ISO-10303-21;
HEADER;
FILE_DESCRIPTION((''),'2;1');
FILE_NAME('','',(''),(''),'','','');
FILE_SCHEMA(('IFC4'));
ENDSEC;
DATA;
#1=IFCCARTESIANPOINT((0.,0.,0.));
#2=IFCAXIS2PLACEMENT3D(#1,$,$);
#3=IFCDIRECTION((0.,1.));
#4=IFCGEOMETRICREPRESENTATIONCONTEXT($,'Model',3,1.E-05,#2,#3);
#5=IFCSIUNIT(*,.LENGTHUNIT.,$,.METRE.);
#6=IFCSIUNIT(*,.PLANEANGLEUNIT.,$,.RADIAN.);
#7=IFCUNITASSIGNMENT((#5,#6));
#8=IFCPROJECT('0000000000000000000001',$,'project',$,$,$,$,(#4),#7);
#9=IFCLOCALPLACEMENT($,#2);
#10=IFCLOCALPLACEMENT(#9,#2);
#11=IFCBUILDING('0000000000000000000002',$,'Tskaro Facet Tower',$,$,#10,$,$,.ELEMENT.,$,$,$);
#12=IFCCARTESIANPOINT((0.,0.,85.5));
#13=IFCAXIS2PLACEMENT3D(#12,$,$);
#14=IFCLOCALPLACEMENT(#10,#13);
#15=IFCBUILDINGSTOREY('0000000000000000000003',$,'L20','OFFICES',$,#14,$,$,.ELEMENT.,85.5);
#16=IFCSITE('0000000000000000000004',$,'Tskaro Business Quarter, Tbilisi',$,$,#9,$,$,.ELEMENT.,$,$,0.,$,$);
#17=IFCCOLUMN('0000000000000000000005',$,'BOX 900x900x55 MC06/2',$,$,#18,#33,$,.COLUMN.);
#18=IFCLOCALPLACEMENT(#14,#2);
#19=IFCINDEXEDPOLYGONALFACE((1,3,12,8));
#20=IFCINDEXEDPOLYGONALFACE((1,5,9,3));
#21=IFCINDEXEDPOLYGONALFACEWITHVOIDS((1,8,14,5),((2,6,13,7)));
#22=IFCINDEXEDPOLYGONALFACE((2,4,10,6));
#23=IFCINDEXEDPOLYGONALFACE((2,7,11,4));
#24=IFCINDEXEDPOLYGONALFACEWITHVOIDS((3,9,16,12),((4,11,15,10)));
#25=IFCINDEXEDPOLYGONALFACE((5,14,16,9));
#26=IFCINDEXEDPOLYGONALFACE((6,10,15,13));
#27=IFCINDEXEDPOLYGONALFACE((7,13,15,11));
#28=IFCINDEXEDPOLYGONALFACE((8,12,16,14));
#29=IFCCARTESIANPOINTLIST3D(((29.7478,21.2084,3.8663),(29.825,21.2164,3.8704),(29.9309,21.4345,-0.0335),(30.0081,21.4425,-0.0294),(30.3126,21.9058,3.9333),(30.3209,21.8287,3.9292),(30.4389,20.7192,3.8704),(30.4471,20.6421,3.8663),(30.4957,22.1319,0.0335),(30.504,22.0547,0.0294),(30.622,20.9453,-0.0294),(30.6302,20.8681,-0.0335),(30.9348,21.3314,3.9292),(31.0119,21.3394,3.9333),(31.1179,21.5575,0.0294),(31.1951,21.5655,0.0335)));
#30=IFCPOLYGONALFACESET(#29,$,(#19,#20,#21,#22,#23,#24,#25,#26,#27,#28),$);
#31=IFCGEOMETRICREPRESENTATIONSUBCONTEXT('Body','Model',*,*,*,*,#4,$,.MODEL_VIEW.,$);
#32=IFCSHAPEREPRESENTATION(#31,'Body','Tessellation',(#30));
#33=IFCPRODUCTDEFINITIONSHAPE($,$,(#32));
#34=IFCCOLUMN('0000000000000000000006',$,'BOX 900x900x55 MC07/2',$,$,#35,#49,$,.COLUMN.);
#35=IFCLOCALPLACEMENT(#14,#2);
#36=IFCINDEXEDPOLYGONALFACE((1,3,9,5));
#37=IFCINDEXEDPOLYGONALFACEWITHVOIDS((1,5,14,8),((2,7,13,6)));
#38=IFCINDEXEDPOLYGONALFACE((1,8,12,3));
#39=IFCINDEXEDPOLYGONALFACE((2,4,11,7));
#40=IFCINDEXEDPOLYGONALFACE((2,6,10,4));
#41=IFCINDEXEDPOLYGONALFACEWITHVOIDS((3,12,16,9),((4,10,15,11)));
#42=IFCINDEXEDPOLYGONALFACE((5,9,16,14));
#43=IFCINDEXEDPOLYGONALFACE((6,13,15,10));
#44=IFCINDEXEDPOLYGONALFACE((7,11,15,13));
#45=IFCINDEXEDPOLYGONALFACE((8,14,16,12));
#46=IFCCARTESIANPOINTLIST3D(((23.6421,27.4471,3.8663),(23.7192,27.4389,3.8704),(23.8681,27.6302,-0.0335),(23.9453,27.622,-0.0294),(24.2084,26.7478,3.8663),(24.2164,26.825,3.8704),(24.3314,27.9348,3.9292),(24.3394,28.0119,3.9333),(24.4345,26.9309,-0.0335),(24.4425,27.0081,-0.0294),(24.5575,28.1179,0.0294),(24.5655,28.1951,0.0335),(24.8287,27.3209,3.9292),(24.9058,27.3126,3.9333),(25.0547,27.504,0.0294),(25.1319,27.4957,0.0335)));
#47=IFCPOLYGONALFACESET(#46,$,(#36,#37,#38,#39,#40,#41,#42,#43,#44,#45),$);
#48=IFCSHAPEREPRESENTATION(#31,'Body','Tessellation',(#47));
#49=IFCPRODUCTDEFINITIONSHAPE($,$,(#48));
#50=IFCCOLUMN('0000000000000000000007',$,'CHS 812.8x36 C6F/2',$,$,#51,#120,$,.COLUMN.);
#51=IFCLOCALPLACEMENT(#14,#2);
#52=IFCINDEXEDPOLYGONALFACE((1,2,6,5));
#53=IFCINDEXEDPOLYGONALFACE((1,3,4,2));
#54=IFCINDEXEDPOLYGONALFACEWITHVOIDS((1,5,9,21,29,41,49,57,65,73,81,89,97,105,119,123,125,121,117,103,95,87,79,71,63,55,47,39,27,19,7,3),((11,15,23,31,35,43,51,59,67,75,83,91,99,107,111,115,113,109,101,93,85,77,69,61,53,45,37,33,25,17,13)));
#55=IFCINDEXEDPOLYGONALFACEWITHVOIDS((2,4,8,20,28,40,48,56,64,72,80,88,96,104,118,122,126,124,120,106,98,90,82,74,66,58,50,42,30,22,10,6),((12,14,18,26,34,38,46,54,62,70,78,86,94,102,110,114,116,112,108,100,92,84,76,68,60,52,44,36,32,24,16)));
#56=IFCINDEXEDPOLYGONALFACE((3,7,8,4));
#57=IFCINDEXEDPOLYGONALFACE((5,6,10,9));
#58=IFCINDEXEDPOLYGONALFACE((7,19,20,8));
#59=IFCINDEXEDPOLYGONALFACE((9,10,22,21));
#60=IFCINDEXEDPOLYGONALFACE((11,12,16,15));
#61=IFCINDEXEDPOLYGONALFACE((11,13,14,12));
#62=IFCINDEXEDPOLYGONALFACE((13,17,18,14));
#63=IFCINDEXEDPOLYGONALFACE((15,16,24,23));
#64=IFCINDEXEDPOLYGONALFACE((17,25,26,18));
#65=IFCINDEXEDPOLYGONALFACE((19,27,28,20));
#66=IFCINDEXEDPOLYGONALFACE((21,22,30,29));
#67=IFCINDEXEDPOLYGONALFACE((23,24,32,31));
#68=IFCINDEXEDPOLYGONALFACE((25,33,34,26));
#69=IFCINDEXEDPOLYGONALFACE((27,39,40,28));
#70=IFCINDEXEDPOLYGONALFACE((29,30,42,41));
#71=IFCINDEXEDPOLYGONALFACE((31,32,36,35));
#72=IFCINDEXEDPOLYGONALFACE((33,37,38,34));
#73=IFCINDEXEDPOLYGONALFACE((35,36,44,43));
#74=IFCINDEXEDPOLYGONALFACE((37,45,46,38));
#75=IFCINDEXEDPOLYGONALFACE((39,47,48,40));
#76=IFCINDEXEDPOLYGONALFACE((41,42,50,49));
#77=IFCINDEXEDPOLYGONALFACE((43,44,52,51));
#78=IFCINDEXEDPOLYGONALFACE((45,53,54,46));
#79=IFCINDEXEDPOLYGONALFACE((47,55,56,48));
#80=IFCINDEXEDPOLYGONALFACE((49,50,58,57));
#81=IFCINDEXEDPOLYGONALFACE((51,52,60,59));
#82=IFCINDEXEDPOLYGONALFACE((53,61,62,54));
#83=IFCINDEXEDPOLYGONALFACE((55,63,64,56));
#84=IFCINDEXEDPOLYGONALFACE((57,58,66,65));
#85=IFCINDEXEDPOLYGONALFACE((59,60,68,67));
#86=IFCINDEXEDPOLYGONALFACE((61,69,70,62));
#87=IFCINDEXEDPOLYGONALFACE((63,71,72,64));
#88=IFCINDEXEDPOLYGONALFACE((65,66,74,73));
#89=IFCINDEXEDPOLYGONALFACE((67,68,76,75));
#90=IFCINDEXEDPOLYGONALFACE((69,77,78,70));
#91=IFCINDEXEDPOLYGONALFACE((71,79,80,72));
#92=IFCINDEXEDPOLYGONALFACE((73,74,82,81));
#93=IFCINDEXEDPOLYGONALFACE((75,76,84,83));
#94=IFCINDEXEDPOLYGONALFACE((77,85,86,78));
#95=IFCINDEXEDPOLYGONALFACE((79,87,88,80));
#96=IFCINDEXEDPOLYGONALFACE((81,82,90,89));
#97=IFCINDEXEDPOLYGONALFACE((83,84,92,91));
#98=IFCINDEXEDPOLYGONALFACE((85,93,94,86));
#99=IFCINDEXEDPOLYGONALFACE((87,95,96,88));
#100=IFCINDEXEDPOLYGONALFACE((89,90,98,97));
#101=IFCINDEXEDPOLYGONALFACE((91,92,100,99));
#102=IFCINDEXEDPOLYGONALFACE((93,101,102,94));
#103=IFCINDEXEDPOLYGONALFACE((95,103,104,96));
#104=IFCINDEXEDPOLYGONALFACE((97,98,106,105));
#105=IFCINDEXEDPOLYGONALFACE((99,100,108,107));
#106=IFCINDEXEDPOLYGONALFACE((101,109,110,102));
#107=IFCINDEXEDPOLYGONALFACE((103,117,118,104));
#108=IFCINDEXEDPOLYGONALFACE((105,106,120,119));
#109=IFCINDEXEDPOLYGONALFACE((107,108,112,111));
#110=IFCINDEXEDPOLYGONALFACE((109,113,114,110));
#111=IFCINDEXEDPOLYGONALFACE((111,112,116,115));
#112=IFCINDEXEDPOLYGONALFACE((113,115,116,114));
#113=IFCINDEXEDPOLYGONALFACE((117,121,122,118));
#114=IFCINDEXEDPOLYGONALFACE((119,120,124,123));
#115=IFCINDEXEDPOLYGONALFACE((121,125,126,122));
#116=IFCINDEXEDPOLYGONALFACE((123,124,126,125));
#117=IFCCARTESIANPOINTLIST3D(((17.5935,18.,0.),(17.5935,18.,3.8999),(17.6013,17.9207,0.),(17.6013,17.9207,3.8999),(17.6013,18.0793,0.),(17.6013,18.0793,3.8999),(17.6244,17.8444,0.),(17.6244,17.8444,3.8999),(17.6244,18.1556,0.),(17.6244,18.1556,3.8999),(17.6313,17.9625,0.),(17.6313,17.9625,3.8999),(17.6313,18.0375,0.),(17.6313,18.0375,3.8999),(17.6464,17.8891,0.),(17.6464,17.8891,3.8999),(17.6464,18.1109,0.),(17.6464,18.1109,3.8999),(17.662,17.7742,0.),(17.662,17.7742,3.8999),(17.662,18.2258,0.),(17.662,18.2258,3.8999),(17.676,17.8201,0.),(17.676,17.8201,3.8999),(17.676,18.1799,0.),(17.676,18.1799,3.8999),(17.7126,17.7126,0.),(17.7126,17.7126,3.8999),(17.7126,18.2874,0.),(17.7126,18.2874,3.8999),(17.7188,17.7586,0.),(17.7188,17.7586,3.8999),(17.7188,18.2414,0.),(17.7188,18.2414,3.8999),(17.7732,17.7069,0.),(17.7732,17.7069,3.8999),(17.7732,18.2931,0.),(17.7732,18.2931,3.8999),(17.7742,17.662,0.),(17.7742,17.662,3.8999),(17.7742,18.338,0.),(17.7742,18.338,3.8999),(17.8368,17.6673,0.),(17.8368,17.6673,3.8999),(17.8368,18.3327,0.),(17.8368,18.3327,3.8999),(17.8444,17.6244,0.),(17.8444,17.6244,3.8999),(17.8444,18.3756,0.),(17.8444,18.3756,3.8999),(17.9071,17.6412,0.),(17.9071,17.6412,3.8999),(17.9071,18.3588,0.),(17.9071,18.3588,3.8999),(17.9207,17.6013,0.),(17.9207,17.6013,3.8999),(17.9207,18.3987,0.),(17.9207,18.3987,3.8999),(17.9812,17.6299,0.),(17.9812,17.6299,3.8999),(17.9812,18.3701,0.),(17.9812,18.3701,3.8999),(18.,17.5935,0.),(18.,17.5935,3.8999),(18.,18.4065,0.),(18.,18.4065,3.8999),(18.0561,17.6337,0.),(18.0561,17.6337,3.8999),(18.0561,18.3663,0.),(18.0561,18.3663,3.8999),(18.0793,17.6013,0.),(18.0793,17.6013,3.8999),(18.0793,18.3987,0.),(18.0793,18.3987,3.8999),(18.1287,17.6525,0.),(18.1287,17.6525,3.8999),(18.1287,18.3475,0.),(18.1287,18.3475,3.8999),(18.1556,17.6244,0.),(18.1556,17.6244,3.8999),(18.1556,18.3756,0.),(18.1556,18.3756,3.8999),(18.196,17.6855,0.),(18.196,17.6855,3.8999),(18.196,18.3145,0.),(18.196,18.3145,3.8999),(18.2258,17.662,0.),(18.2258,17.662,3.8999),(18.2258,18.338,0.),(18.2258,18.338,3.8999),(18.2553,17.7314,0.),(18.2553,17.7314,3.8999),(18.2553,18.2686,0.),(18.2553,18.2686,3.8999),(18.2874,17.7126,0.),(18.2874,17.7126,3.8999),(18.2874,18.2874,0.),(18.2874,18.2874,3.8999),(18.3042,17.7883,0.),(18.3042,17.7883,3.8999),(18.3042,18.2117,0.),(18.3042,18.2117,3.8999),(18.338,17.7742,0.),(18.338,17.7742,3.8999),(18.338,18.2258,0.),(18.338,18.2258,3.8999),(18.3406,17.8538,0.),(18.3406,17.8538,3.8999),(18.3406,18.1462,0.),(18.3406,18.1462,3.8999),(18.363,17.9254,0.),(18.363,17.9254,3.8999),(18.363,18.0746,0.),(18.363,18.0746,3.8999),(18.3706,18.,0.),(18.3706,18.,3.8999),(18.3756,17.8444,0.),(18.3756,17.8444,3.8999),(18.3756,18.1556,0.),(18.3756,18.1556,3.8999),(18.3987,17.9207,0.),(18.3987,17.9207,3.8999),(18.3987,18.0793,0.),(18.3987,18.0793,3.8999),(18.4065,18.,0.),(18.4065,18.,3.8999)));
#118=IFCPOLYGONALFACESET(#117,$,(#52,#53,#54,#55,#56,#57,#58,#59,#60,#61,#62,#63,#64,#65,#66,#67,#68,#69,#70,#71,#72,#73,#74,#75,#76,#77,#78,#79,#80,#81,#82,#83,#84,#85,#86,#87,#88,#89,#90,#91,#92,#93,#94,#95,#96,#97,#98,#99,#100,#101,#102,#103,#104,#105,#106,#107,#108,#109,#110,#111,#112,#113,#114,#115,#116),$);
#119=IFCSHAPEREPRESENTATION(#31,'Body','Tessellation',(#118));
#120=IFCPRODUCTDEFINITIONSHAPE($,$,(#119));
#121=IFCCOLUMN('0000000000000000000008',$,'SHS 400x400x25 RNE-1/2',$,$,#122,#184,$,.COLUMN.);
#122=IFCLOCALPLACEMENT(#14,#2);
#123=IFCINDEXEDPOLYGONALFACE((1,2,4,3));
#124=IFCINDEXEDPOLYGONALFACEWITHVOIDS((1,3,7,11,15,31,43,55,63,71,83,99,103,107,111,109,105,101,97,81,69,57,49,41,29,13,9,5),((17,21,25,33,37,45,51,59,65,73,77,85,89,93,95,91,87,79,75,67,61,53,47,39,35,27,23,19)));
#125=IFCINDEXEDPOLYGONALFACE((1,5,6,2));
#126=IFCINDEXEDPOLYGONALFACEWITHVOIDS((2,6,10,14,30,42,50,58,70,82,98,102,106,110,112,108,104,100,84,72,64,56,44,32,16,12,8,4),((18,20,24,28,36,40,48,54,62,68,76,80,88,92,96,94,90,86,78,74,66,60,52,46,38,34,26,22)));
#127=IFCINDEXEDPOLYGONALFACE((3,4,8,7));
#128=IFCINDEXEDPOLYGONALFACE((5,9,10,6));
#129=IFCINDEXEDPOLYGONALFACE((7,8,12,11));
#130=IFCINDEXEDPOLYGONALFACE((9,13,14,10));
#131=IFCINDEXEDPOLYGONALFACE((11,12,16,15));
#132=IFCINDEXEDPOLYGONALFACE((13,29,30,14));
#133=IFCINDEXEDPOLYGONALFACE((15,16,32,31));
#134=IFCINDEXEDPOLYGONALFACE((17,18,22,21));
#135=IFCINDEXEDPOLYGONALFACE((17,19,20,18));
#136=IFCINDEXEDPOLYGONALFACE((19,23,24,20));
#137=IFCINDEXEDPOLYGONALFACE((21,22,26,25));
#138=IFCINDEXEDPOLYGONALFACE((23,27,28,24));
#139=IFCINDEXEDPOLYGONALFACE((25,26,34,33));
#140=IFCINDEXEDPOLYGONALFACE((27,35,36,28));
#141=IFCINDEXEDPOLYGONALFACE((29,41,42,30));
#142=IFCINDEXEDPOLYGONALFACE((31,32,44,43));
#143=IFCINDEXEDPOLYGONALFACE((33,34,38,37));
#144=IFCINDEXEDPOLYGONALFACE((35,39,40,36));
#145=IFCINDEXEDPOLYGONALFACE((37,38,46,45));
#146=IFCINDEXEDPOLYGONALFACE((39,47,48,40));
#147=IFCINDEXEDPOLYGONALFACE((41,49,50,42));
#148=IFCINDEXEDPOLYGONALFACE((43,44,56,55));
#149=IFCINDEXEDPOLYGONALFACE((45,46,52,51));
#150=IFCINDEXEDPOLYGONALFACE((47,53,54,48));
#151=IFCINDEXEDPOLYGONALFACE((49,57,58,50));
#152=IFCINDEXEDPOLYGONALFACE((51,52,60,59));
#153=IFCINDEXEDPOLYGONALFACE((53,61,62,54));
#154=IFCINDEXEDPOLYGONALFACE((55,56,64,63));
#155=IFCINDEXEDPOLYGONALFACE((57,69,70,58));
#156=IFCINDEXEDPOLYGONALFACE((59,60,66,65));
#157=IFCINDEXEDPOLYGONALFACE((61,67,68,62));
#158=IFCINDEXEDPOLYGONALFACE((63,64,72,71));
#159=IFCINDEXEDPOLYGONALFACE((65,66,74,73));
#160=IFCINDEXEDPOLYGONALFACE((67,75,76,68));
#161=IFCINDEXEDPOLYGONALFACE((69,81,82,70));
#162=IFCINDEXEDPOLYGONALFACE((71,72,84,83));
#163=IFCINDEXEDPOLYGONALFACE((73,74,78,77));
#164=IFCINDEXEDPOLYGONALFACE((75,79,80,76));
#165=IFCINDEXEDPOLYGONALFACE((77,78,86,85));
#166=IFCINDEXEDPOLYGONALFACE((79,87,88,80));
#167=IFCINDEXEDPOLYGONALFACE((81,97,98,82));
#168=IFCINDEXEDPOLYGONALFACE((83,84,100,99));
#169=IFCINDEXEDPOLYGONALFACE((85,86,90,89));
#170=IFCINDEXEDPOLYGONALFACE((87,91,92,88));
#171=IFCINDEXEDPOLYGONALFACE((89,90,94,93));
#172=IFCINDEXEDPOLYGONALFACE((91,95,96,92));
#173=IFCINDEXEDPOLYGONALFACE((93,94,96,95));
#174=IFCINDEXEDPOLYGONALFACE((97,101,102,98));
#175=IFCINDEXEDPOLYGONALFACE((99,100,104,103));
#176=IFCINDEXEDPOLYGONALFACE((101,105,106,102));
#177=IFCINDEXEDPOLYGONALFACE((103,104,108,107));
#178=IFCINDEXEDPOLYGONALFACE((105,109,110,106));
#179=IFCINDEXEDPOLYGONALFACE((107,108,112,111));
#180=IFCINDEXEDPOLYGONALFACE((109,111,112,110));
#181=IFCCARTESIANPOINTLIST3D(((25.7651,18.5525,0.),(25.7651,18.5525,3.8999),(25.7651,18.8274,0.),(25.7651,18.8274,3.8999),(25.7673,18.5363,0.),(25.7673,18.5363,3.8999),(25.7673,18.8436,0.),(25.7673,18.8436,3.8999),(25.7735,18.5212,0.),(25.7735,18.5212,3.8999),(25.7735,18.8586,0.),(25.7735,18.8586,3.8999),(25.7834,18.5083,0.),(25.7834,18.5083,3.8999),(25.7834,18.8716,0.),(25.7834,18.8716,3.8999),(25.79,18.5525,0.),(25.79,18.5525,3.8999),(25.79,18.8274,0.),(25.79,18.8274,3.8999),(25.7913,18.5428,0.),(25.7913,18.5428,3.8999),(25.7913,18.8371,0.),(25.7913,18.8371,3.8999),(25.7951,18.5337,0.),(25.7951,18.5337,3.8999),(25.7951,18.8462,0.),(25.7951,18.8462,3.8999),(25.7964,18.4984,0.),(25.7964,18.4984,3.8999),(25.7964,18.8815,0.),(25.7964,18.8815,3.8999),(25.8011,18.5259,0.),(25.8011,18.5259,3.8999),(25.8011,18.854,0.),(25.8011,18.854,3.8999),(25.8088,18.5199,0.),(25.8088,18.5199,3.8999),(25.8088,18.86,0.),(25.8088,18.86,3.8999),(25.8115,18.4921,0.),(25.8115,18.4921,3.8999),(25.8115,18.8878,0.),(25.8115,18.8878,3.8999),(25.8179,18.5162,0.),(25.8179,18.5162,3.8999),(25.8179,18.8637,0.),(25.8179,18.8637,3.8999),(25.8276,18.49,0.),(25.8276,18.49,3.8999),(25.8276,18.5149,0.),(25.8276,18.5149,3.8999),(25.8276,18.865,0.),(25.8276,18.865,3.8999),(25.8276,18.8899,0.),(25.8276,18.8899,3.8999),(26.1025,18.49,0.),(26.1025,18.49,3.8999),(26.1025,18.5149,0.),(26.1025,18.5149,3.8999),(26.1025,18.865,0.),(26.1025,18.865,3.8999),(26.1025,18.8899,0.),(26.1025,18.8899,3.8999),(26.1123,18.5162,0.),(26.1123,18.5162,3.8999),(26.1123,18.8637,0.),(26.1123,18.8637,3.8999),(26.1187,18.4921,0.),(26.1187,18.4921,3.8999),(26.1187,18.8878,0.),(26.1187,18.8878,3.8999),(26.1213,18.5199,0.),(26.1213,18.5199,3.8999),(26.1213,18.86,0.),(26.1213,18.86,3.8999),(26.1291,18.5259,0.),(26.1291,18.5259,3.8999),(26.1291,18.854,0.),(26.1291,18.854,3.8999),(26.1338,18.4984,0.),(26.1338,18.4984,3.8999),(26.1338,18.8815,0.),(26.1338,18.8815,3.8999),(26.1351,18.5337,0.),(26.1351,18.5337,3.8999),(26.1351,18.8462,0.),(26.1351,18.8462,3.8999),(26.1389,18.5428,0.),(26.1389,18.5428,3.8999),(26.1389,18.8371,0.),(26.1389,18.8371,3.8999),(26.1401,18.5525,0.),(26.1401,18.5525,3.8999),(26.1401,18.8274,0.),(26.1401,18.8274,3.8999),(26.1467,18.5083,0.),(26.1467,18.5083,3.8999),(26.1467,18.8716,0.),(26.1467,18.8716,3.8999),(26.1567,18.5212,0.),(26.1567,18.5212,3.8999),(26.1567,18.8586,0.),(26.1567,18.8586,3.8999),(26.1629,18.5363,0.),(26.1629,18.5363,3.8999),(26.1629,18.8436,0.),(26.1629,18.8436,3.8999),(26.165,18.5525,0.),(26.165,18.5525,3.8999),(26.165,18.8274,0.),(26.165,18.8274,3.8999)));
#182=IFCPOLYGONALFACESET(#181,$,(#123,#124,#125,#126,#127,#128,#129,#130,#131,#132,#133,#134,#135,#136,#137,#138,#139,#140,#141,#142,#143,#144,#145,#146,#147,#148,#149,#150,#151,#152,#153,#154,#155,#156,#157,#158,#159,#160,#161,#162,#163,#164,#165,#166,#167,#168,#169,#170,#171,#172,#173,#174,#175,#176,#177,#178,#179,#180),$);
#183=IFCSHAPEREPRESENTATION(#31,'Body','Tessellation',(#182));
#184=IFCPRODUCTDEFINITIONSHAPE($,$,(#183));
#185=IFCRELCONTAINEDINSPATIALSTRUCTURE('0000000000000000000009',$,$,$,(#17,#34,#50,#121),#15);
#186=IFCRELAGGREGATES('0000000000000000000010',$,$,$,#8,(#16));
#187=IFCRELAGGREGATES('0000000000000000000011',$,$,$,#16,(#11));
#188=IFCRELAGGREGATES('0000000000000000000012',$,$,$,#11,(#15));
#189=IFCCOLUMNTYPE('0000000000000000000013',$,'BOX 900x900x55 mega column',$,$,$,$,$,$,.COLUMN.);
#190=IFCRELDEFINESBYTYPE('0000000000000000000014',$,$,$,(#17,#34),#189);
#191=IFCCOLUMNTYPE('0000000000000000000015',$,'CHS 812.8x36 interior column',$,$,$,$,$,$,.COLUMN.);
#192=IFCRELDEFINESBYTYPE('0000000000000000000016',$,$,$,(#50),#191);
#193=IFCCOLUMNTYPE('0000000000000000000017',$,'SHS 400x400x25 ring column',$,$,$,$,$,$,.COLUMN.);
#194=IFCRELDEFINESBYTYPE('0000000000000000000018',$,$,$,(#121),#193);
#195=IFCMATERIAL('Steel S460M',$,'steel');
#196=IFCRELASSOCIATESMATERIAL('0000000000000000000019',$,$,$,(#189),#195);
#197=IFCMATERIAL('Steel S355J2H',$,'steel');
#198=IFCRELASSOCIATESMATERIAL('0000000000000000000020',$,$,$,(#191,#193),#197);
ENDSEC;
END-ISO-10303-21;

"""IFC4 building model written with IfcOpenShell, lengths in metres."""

from ifc_helpers import new_model, si_unit, direction, frame, origin, origin_2d, place, context, subcontext, project, spatial, hollow_rectangle, hollow_circle, extrude, material, material_profile, profile_set, type_object, element, save


model = new_model("IFC4")

# Units and contexts
model_context = context("Model", 3, precision=1e-05, world=origin(), true_north=direction((0.0, 1.0)))
body_context = subcontext(model_context, "Body", "Model", "MODEL_VIEW")
ifc_project = project(units=[si_unit("LENGTHUNIT", "METRE"), si_unit("PLANEANGLEUNIT", "RADIAN")], contexts=[model_context])

# Site, building, storey
site_placement = place(None, origin())
site = spatial("IfcSite", under=ifc_project, at=site_placement, Name="Tskaro Business Quarter, Tbilisi", CompositionType="ELEMENT", RefElevation=0.0)
building_placement = place(site_placement, origin())
building = spatial("IfcBuilding", under=site, at=building_placement, Name="Tskaro Facet Tower", CompositionType="ELEMENT")
storey_placement = place(building_placement, frame((0.0, 0.0, 85.5)))
storey = spatial("IfcBuildingStorey", under=building, at=storey_placement, Name="L20", Description="OFFICES", CompositionType="ELEMENT", Elevation=85.5)

# Columns
ifc_material_1 = material(Name="Steel S460M", Category="steel")
ifc_material_profile_1 = material_profile(ifc_material_1, hollow_rectangle(XDim=0.8999, YDim=0.8999, WallThickness=0.0549, at=origin_2d()), Name="BOX 900x900x55")
ifc_profile_set_1 = profile_set([ifc_material_profile_1], Name="Steel S460M")
column_type_1 = type_object("IfcColumnType", Name="BOX 900x900x55 mega column", PredefinedType="COLUMN", material=ifc_profile_set_1)
for number, where, z_axis, x_axis, name in (
    (1, (30.563, 21.5, 0.0), (-0.046821, -0.057809, 0.997229), (0.777089, -0.629391, 0.0), "BOX 900x900x55 MC06/2"),
    (2, (24.5, 27.563, 0.0), (-0.057809, -0.046821, 0.997229), (0.629391, -0.777089, 0.0), "BOX 900x900x55 MC07/2"),
):
    element("IfcColumn", number, at=place(storey_placement, frame(where, z_axis=z_axis, x_axis=x_axis)), inside=storey, type_object=column_type_1, Name=name, PredefinedType="COLUMN", context=body_context, shape_type="SweptSolid", body=[
        extrude(hollow_rectangle(XDim=0.8999, YDim=0.8999, WallThickness=0.0549, at=origin_2d()), origin(), (0.0, 0.0, 1.0), 3.9106),
    ])
ifc_material_2 = material(Name="Steel S355J2H", Category="steel")
ifc_material_profile_2 = material_profile(ifc_material_2, hollow_circle(Radius=0.4065, WallThickness=0.0359, at=origin_2d()), Name="CHS 812.8x36")
ifc_profile_set_2 = profile_set([ifc_material_profile_2], Name="Steel S355J2H")
column_type_2 = type_object("IfcColumnType", Name="CHS 812.8x36 interior column", PredefinedType="COLUMN", material=ifc_profile_set_2)
column_placement = place(storey_placement, frame((18.0, 18.0, 0.0), z_axis=(0.0, 0.0, 1.0), x_axis=(1.0, 0.0, 0.0)))
element("IfcColumn", 3, at=column_placement, inside=storey, type_object=column_type_2, Name="CHS 812.8x36 C6F/2", PredefinedType="COLUMN", context=body_context, shape_type="SweptSolid", body=[
    extrude(hollow_circle(Radius=0.4065, WallThickness=0.0359, at=origin_2d()), origin(), (0.0, 0.0, 1.0), 3.8999),
])
ifc_material_profile_3 = material_profile(ifc_material_2, hollow_rectangle(XDim=0.3999, YDim=0.3999, WallThickness=0.0249, InnerFilletRadius=0.0376, OuterFilletRadius=0.0625, at=origin_2d()), Name="SHS 400x400x25")
ifc_profile_set_3 = profile_set([ifc_material_profile_3], Name="Steel S355J2H")
column_type_3 = type_object("IfcColumnType", Name="SHS 400x400x25 ring column", PredefinedType="COLUMN", material=ifc_profile_set_3)
for number, where, z_axis, x_axis, name in (
    (4, (25.9651, 18.6899, 0.0), (0.0, 0.0, 1.0), (1.0, 0.0, 0.0), "SHS 400x400x25 RNE-1/2"),
):
    element("IfcColumn", number, at=place(storey_placement, frame(where, z_axis=z_axis, x_axis=x_axis)), inside=storey, type_object=column_type_3, Name=name, PredefinedType="COLUMN", context=body_context, shape_type="SweptSolid", body=[
        extrude(hollow_rectangle(XDim=0.3999, YDim=0.3999, WallThickness=0.0249, InnerFilletRadius=0.0376, OuterFilletRadius=0.0625, at=origin_2d()), origin(), (0.0, 0.0, 1.0), 3.8999),
    ])

save(model, "model.ifc")
